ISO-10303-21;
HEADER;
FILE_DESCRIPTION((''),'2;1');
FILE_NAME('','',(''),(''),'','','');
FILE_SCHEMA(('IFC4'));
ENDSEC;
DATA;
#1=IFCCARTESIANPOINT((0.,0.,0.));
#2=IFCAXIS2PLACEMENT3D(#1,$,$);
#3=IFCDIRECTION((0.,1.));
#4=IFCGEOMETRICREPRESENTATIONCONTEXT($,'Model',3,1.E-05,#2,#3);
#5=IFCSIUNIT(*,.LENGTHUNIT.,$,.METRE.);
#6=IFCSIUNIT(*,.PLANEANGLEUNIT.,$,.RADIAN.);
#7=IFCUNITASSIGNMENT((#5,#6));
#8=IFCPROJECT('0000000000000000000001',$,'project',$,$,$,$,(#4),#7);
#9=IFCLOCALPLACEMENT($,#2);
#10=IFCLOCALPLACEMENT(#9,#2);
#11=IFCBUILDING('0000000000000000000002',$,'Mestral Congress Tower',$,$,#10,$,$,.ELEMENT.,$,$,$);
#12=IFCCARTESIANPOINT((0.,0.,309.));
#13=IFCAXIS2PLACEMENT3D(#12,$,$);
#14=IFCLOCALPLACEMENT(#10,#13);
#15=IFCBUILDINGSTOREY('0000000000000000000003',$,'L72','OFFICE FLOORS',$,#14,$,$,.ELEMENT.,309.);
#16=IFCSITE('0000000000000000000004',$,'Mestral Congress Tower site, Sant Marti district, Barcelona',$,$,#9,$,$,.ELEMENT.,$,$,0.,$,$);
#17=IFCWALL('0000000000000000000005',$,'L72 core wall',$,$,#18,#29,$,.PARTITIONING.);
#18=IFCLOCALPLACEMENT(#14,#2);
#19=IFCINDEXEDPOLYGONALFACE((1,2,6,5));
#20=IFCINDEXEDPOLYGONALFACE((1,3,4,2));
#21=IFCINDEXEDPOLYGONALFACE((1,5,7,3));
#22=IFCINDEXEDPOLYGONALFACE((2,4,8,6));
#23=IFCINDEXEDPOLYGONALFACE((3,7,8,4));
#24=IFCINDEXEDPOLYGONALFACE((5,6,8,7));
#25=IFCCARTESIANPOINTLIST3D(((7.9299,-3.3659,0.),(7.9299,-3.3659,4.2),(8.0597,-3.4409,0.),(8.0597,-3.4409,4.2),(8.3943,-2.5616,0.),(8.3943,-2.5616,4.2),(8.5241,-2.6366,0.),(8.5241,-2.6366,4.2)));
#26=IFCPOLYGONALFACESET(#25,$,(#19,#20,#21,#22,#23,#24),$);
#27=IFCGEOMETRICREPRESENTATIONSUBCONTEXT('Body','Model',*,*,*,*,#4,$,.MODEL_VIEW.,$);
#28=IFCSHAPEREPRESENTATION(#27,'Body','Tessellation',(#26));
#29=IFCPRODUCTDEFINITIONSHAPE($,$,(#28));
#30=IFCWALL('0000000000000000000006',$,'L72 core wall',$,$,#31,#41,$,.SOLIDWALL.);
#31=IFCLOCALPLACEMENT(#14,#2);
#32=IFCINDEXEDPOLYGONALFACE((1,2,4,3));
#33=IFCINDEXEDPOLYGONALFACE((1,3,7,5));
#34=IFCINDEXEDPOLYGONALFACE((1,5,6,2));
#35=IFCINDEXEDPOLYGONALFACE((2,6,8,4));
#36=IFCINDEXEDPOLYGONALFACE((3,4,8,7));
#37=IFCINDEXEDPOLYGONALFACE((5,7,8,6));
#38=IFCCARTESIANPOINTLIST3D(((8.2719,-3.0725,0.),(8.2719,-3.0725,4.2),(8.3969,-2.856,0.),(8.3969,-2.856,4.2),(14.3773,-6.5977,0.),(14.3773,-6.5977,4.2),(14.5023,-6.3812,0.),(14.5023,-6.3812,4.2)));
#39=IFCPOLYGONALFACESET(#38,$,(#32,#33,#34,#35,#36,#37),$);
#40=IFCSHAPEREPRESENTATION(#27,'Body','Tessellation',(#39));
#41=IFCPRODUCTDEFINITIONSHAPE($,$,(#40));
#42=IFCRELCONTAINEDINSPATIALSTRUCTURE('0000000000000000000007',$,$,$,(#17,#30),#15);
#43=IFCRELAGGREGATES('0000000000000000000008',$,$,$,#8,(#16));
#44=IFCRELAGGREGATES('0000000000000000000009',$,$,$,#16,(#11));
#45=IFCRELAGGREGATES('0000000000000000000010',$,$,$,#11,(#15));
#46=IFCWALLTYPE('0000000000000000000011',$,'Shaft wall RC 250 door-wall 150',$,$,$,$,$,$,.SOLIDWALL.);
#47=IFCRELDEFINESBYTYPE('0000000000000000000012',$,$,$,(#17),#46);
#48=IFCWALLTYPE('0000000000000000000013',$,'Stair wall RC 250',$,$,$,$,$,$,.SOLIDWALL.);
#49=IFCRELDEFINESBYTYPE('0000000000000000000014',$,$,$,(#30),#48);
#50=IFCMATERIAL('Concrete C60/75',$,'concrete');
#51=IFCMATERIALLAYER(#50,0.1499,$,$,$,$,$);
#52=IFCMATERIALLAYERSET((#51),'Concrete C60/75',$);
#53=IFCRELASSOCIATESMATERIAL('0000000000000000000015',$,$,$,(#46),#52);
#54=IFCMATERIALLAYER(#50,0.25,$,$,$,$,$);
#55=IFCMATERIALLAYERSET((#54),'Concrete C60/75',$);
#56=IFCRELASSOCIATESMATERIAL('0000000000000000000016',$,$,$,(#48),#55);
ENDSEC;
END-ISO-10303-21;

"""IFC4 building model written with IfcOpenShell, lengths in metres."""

from ifc_helpers import new_model, si_unit, direction, frame, frame_2d, origin, place, context, subcontext, project, spatial, rectangle, extrude, material, layer, layer_set, type_object, element, save


model = new_model("IFC4")

# Units and contexts
model_context = context("Model", 3, precision=1e-05, world=origin(), true_north=direction((0.0, 1.0)))
body_context = subcontext(model_context, "Body", "Model", "MODEL_VIEW")
ifc_project = project(units=[si_unit("LENGTHUNIT", "METRE"), si_unit("PLANEANGLEUNIT", "RADIAN")], contexts=[model_context])

# Site, building, storey
site_placement = place(None, origin())
site = spatial("IfcSite", under=ifc_project, at=site_placement, Name="Mestral Congress Tower site, Sant Marti district, Barcelona", CompositionType="ELEMENT", RefElevation=0.0)
building_placement = place(site_placement, origin())
building = spatial("IfcBuilding", under=site, at=building_placement, Name="Mestral Congress Tower", CompositionType="ELEMENT")
storey_placement = place(building_placement, frame((0.0, 0.0, 309.0)))
storey = spatial("IfcBuildingStorey", under=building, at=storey_placement, Name="L72", Description="OFFICE FLOORS", CompositionType="ELEMENT", Elevation=309.0)

# Shared definitions
ifc_material_1 = material(Name="Concrete C60/75", Category="concrete")

# Walls
ifc_layer_1 = layer(ifc_material_1, 0.1499)
ifc_layer_set_1 = layer_set([ifc_layer_1], Name="Concrete C60/75")
wall_type_1 = type_object("IfcWallType", Name="Shaft wall RC 250 door-wall 150", PredefinedType="SOLIDWALL", material=ifc_layer_set_1)
wall_1_placement = place(storey_placement, frame((8.4592, -2.5991, 0.0), z_axis=(0.0, 0.0, 1.0), x_axis=(-0.500041, -0.866002, 0.0)))
element("IfcWall", 1, at=wall_1_placement, inside=storey, type_object=wall_type_1, Name="L72 core wall", PredefinedType="PARTITIONING", context=body_context, shape_type="SweptSolid", body=[
    extrude(rectangle(XDim=0.9287, YDim=0.1499, at=frame_2d((0.4644, 0.0))), origin(), (0.0, 0.0, 1.0), 4.2),
])
ifc_layer_2 = layer(ifc_material_1, 0.25)
ifc_layer_set_2 = layer_set([ifc_layer_2], Name="Concrete C60/75")
wall_type_2 = type_object("IfcWallType", Name="Stair wall RC 250", PredefinedType="SOLIDWALL", material=ifc_layer_set_2)
wall_2_placement = place(storey_placement, frame((8.3345, -2.9644, 0.0), z_axis=(0.0, 0.0, 1.0), x_axis=(0.866016, -0.500016, 0.0)))
element("IfcWall", 2, at=wall_2_placement, inside=storey, type_object=wall_type_2, Name="L72 core wall", PredefinedType="SOLIDWALL", context=body_context, shape_type="SweptSolid", body=[
    extrude(rectangle(XDim=7.05, YDim=0.25, at=frame_2d((3.5249, 0.0))), origin(), (0.0, 0.0, 1.0), 4.2),
])

save(model, "model.ifc")
